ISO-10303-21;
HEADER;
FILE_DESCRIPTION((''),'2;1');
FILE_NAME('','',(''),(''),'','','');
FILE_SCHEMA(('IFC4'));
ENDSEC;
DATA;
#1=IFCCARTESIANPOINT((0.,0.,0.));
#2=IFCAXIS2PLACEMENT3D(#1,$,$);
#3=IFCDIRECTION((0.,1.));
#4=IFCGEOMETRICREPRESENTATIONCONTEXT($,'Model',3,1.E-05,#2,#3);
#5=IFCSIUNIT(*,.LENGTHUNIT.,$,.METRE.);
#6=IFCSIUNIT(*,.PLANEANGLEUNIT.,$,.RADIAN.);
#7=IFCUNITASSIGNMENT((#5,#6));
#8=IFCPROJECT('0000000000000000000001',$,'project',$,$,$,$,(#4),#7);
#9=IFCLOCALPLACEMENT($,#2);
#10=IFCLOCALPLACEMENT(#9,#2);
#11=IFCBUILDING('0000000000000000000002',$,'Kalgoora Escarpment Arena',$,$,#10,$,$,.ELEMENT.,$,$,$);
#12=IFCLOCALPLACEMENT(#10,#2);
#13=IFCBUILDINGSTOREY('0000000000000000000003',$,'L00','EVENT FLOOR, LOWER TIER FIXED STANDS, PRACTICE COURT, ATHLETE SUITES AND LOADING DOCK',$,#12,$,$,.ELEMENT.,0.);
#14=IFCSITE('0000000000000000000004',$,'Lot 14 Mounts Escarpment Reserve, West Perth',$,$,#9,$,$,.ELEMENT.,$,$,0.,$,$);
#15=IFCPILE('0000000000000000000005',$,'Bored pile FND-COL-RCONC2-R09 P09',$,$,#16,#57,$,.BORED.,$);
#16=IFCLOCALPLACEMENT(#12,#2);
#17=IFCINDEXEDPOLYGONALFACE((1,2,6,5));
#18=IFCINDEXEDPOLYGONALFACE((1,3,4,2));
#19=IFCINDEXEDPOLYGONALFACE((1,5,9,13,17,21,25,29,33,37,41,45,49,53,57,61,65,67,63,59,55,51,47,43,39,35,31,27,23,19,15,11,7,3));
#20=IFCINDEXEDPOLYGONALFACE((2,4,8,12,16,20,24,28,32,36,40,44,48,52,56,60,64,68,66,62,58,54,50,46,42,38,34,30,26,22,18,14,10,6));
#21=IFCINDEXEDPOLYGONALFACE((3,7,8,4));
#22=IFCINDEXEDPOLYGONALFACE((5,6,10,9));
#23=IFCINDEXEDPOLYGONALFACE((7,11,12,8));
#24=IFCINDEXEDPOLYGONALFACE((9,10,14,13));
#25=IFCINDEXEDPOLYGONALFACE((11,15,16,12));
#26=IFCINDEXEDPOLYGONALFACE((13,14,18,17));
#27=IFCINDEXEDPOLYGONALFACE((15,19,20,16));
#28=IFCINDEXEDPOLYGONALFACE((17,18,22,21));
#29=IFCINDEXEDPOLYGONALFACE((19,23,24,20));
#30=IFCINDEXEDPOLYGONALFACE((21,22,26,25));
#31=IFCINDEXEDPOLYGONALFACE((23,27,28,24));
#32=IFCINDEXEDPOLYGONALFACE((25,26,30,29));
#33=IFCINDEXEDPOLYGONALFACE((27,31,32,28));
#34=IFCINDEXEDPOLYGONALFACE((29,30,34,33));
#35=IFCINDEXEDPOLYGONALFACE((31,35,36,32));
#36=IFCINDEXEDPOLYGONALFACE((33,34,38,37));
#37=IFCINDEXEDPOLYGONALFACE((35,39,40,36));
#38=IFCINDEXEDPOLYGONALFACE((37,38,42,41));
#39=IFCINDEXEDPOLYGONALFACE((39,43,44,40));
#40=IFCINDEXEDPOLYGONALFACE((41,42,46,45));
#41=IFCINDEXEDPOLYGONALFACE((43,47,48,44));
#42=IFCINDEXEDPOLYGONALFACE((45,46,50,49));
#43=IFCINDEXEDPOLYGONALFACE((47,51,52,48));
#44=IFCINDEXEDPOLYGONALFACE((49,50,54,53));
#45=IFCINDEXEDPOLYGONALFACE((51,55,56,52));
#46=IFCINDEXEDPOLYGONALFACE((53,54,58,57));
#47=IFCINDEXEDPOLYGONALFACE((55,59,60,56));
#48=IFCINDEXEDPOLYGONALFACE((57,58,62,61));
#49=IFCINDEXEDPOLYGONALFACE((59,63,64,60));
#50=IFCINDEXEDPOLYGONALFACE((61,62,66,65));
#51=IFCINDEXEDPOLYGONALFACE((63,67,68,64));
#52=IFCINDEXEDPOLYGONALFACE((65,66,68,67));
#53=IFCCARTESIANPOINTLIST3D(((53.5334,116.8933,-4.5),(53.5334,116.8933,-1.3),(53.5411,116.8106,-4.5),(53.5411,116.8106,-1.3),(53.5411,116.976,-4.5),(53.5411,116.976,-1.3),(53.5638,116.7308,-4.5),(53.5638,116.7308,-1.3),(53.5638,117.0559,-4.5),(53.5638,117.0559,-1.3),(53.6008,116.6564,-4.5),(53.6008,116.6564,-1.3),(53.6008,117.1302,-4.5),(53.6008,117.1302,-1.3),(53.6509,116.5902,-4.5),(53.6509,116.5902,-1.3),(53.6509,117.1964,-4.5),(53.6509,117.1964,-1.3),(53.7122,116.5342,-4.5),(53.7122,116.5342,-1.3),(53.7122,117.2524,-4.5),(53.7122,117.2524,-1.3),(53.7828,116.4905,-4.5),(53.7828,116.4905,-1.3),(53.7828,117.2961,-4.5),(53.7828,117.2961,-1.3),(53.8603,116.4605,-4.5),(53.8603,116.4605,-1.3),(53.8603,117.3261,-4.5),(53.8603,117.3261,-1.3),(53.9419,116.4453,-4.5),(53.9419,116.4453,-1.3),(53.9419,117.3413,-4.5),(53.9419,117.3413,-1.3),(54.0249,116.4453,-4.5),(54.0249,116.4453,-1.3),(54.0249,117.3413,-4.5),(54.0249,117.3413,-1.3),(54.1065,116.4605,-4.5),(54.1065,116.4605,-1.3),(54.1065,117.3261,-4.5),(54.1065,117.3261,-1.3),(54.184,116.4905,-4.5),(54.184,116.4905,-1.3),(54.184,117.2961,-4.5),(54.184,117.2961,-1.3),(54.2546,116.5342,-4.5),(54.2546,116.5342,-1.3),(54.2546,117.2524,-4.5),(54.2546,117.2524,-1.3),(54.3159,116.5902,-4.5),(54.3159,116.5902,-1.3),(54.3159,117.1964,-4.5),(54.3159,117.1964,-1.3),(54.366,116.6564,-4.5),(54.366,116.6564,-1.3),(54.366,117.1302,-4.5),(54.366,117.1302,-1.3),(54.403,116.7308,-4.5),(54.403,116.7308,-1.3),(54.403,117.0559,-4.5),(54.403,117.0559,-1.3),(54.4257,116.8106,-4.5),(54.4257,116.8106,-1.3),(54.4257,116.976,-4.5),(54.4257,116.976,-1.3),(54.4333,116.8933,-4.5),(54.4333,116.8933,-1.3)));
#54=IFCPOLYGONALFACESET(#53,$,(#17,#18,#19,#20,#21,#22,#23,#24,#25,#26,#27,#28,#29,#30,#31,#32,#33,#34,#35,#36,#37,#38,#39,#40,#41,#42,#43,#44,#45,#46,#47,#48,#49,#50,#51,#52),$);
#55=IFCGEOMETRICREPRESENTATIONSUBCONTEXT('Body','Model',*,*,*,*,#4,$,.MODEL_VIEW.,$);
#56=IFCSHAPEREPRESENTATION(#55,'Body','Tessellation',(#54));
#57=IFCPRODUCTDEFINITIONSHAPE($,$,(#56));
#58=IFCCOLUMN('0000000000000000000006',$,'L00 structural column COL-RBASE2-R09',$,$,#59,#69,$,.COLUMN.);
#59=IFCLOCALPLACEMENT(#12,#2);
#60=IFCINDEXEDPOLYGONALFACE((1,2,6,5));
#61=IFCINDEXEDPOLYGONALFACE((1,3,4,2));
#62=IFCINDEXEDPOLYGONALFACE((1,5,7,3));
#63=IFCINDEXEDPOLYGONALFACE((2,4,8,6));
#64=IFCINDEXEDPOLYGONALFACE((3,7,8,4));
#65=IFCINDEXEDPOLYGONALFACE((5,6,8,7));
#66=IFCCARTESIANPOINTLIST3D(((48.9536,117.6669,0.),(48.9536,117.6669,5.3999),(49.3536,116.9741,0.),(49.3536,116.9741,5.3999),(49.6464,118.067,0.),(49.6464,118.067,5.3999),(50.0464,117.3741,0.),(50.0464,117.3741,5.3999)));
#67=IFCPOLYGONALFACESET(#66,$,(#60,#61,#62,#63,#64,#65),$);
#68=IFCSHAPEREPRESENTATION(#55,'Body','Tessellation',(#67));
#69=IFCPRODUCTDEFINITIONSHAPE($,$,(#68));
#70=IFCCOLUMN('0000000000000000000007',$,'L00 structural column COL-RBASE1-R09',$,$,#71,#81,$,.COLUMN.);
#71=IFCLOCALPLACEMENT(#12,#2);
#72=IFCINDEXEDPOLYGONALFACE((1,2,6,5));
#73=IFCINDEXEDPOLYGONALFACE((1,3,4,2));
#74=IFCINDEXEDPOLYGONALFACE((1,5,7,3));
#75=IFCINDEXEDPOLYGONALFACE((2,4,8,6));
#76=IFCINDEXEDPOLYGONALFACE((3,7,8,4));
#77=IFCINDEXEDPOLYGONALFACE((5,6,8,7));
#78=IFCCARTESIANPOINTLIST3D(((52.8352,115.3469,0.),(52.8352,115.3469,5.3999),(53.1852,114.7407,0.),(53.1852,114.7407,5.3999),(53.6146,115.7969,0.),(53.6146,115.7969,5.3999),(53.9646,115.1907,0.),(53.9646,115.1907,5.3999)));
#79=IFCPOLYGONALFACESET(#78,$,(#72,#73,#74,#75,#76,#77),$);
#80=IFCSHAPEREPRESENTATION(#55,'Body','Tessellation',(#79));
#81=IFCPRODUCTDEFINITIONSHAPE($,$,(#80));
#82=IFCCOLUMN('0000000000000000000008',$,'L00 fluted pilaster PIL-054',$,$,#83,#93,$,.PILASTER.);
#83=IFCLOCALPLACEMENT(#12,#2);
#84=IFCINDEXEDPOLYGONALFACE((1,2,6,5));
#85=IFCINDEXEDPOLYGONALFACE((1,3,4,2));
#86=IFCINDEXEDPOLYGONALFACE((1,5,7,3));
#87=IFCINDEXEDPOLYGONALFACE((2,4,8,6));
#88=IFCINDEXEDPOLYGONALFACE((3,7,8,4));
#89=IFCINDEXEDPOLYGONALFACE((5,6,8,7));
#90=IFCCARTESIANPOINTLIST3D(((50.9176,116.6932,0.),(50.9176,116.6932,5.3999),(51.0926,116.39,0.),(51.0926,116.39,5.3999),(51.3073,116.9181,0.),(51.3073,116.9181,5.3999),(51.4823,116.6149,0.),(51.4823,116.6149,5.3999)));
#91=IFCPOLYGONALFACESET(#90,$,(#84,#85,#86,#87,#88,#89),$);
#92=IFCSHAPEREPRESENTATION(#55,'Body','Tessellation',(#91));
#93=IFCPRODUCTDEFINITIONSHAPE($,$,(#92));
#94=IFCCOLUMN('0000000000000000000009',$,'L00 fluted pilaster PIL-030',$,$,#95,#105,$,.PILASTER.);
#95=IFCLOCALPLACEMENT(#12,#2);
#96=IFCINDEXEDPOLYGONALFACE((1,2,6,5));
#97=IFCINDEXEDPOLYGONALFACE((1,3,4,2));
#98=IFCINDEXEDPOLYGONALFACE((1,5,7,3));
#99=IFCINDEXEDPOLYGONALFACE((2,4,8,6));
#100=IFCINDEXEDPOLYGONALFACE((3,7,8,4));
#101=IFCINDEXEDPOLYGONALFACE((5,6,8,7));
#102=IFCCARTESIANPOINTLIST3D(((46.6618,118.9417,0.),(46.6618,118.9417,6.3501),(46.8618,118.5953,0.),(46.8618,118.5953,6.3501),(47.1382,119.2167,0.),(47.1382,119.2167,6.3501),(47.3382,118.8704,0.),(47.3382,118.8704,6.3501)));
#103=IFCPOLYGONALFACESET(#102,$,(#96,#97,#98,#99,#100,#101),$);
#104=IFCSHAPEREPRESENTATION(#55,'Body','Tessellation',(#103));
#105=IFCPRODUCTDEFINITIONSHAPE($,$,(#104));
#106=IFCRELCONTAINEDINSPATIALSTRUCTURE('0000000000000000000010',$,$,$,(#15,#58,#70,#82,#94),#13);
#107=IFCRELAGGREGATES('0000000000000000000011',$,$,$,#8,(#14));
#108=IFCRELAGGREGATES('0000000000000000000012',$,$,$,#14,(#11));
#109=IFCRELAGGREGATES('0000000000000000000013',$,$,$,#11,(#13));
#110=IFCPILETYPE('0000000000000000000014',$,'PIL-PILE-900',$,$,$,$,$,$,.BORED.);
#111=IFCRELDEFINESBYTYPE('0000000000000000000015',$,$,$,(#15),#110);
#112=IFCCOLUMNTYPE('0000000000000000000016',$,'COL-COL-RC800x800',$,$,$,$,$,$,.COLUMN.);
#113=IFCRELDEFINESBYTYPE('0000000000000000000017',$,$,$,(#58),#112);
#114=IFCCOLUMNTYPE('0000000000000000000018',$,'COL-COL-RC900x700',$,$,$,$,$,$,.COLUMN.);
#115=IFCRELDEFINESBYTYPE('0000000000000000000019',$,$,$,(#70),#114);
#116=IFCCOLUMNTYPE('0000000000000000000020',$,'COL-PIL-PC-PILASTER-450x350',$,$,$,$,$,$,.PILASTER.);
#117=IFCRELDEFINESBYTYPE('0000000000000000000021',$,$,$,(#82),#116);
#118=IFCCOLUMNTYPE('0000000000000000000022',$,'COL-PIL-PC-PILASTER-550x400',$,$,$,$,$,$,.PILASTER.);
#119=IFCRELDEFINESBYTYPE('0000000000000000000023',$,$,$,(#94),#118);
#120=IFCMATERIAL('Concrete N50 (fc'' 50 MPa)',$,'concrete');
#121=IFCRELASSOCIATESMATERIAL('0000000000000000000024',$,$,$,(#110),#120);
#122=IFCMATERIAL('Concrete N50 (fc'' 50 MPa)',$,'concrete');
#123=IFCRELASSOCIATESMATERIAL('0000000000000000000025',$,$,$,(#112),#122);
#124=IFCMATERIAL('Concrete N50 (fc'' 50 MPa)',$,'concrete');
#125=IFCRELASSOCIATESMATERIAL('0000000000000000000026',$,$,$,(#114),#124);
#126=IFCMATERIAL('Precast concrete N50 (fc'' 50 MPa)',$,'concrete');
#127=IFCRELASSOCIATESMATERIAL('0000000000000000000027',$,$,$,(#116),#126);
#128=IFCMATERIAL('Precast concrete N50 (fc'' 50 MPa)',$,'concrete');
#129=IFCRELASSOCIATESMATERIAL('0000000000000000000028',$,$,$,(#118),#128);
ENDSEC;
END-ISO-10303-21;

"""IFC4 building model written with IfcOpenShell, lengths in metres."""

from ifc_helpers import new_model, si_unit, direction, frame, origin, origin_2d, place, context, subcontext, project, spatial, rectangle, circle, extrude, material, material_profile, profile_set, type_object, element, save


model = new_model("IFC4")

# Units and contexts
model_context = context("Model", 3, precision=1e-05, world=origin(), true_north=direction((0.0, 1.0)))
body_context = subcontext(model_context, "Body", "Model", "MODEL_VIEW")
ifc_project = project(units=[si_unit("LENGTHUNIT", "METRE"), si_unit("PLANEANGLEUNIT", "RADIAN")], contexts=[model_context])

# Site, building, storey
site_placement = place(None, origin())
site = spatial("IfcSite", under=ifc_project, at=site_placement, Name="Lot 14 Mounts Escarpment Reserve, West Perth", CompositionType="ELEMENT", RefElevation=0.0)
building_placement = place(site_placement, origin())
building = spatial("IfcBuilding", under=site, at=building_placement, Name="Kalgoora Escarpment Arena", CompositionType="ELEMENT")
storey_placement = place(building_placement, origin())
storey = spatial("IfcBuildingStorey", under=building, at=storey_placement, Name="L00", Description="EVENT FLOOR, LOWER TIER FIXED STANDS, PRACTICE COURT, ATHLETE SUITES AND LOADING DOCK", CompositionType="ELEMENT", Elevation=0.0)

# Pile
ifc_material_1 = material(Name="Concrete N50 (fc' 50 MPa)", Category="concrete")
ifc_material_profile_1 = material_profile(ifc_material_1, circle(Radius=0.45, at=origin_2d()))
ifc_profile_set_1 = profile_set([ifc_material_profile_1], Name="Concrete N50 (fc' 50 MPa)")
pile_type = type_object("IfcPileType", Name="PIL-PILE-900", PredefinedType="BORED", material=ifc_profile_set_1)
for number, where, z_axis, x_axis, name in (
    (1, (53.9834, 116.8933, -1.3), (0.0, 0.0, -1.0), (1.0, 0.0, 0.0), "Bored pile FND-COL-RCONC2-R09 P09"),
):
    element("IfcPile", number, at=place(storey_placement, frame(where, z_axis=z_axis, x_axis=x_axis)), inside=storey, type_object=pile_type, Name=name, PredefinedType="BORED", context=body_context, shape_type="SweptSolid", body=[
        extrude(circle(Radius=0.45, at=origin_2d()), origin(), (0.0, 0.0, 1.0), 3.2),
    ])

# Columns
ifc_material_2 = material(Name="Concrete N50 (fc' 50 MPa)", Category="concrete")
ifc_material_profile_2 = material_profile(ifc_material_2, rectangle(XDim=0.8, YDim=0.8, at=origin_2d()))
ifc_profile_set_2 = profile_set([ifc_material_profile_2], Name="Concrete N50 (fc' 50 MPa)")
column_type_1 = type_object("IfcColumnType", Name="COL-COL-RC800x800", PredefinedType="COLUMN", material=ifc_profile_set_2)
column_1_placement = place(storey_placement, frame((49.5, 117.5205, 0.0), z_axis=(0.0, 0.0, 1.0), x_axis=(-0.5, 0.866025, 0.0)))
element("IfcColumn", 2, at=column_1_placement, inside=storey, type_object=column_type_1, Name="L00 structural column COL-RBASE2-R09", PredefinedType="COLUMN", context=body_context, shape_type="SweptSolid", body=[
    extrude(rectangle(XDim=0.8, YDim=0.8, at=origin_2d()), origin(), (0.0, 0.0, 1.0), 5.3999),
])
ifc_material_3 = material(Name="Concrete N50 (fc' 50 MPa)", Category="concrete")
ifc_material_profile_3 = material_profile(ifc_material_3, rectangle(XDim=0.7, YDim=0.8999, at=origin_2d()))
ifc_profile_set_3 = profile_set([ifc_material_profile_3], Name="Concrete N50 (fc' 50 MPa)")
column_type_2 = type_object("IfcColumnType", Name="COL-COL-RC900x700", PredefinedType="COLUMN", material=ifc_profile_set_3)
column_2_placement = place(storey_placement, frame((53.3999, 115.2688, 0.0), z_axis=(0.0, 0.0, 1.0), x_axis=(-0.5, 0.866025, 0.0)))
element("IfcColumn", 3, at=column_2_placement, inside=storey, type_object=column_type_2, Name="L00 structural column COL-RBASE1-R09", PredefinedType="COLUMN", context=body_context, shape_type="SweptSolid", body=[
    extrude(rectangle(XDim=0.7, YDim=0.8999, at=origin_2d()), origin(), (0.0, 0.0, 1.0), 5.3999),
])
ifc_material_4 = material(Name="Precast concrete N50 (fc' 50 MPa)", Category="concrete")
ifc_material_profile_4 = material_profile(ifc_material_4, rectangle(XDim=0.3501, YDim=0.45, at=origin_2d()))
ifc_profile_set_4 = profile_set([ifc_material_profile_4], Name="Precast concrete N50 (fc' 50 MPa)")
column_type_3 = type_object("IfcColumnType", Name="COL-PIL-PC-PILASTER-450x350", PredefinedType="PILASTER", material=ifc_profile_set_4)
column_3_placement = place(storey_placement, frame((51.2, 116.6541, 0.0), z_axis=(0.0, 0.0, 1.0), x_axis=(-0.5, 0.866025, 0.0)))
element("IfcColumn", 4, at=column_3_placement, inside=storey, type_object=column_type_3, Name="L00 fluted pilaster PIL-054", PredefinedType="PILASTER", context=body_context, shape_type="SweptSolid", body=[
    extrude(rectangle(XDim=0.3501, YDim=0.45, at=origin_2d()), origin(), (0.0, 0.0, 1.0), 5.3999),
])
ifc_material_5 = material(Name="Precast concrete N50 (fc' 50 MPa)", Category="concrete")
ifc_material_profile_5 = material_profile(ifc_material_5, rectangle(XDim=0.3999, YDim=0.55, at=origin_2d()))
ifc_profile_set_5 = profile_set([ifc_material_profile_5], Name="Precast concrete N50 (fc' 50 MPa)")
column_type_4 = type_object("IfcColumnType", Name="COL-PIL-PC-PILASTER-550x400", PredefinedType="PILASTER", material=ifc_profile_set_5)
column_4_placement = place(storey_placement, frame((47.0, 118.906, 0.0), z_axis=(0.0, 0.0, 1.0), x_axis=(-0.5, 0.866025, 0.0)))
element("IfcColumn", 5, at=column_4_placement, inside=storey, type_object=column_type_4, Name="L00 fluted pilaster PIL-030", PredefinedType="PILASTER", context=body_context, shape_type="SweptSolid", body=[
    extrude(rectangle(XDim=0.3999, YDim=0.55, at=origin_2d()), origin(), (0.0, 0.0, 1.0), 6.3501),
])

save(model, "model.ifc")
